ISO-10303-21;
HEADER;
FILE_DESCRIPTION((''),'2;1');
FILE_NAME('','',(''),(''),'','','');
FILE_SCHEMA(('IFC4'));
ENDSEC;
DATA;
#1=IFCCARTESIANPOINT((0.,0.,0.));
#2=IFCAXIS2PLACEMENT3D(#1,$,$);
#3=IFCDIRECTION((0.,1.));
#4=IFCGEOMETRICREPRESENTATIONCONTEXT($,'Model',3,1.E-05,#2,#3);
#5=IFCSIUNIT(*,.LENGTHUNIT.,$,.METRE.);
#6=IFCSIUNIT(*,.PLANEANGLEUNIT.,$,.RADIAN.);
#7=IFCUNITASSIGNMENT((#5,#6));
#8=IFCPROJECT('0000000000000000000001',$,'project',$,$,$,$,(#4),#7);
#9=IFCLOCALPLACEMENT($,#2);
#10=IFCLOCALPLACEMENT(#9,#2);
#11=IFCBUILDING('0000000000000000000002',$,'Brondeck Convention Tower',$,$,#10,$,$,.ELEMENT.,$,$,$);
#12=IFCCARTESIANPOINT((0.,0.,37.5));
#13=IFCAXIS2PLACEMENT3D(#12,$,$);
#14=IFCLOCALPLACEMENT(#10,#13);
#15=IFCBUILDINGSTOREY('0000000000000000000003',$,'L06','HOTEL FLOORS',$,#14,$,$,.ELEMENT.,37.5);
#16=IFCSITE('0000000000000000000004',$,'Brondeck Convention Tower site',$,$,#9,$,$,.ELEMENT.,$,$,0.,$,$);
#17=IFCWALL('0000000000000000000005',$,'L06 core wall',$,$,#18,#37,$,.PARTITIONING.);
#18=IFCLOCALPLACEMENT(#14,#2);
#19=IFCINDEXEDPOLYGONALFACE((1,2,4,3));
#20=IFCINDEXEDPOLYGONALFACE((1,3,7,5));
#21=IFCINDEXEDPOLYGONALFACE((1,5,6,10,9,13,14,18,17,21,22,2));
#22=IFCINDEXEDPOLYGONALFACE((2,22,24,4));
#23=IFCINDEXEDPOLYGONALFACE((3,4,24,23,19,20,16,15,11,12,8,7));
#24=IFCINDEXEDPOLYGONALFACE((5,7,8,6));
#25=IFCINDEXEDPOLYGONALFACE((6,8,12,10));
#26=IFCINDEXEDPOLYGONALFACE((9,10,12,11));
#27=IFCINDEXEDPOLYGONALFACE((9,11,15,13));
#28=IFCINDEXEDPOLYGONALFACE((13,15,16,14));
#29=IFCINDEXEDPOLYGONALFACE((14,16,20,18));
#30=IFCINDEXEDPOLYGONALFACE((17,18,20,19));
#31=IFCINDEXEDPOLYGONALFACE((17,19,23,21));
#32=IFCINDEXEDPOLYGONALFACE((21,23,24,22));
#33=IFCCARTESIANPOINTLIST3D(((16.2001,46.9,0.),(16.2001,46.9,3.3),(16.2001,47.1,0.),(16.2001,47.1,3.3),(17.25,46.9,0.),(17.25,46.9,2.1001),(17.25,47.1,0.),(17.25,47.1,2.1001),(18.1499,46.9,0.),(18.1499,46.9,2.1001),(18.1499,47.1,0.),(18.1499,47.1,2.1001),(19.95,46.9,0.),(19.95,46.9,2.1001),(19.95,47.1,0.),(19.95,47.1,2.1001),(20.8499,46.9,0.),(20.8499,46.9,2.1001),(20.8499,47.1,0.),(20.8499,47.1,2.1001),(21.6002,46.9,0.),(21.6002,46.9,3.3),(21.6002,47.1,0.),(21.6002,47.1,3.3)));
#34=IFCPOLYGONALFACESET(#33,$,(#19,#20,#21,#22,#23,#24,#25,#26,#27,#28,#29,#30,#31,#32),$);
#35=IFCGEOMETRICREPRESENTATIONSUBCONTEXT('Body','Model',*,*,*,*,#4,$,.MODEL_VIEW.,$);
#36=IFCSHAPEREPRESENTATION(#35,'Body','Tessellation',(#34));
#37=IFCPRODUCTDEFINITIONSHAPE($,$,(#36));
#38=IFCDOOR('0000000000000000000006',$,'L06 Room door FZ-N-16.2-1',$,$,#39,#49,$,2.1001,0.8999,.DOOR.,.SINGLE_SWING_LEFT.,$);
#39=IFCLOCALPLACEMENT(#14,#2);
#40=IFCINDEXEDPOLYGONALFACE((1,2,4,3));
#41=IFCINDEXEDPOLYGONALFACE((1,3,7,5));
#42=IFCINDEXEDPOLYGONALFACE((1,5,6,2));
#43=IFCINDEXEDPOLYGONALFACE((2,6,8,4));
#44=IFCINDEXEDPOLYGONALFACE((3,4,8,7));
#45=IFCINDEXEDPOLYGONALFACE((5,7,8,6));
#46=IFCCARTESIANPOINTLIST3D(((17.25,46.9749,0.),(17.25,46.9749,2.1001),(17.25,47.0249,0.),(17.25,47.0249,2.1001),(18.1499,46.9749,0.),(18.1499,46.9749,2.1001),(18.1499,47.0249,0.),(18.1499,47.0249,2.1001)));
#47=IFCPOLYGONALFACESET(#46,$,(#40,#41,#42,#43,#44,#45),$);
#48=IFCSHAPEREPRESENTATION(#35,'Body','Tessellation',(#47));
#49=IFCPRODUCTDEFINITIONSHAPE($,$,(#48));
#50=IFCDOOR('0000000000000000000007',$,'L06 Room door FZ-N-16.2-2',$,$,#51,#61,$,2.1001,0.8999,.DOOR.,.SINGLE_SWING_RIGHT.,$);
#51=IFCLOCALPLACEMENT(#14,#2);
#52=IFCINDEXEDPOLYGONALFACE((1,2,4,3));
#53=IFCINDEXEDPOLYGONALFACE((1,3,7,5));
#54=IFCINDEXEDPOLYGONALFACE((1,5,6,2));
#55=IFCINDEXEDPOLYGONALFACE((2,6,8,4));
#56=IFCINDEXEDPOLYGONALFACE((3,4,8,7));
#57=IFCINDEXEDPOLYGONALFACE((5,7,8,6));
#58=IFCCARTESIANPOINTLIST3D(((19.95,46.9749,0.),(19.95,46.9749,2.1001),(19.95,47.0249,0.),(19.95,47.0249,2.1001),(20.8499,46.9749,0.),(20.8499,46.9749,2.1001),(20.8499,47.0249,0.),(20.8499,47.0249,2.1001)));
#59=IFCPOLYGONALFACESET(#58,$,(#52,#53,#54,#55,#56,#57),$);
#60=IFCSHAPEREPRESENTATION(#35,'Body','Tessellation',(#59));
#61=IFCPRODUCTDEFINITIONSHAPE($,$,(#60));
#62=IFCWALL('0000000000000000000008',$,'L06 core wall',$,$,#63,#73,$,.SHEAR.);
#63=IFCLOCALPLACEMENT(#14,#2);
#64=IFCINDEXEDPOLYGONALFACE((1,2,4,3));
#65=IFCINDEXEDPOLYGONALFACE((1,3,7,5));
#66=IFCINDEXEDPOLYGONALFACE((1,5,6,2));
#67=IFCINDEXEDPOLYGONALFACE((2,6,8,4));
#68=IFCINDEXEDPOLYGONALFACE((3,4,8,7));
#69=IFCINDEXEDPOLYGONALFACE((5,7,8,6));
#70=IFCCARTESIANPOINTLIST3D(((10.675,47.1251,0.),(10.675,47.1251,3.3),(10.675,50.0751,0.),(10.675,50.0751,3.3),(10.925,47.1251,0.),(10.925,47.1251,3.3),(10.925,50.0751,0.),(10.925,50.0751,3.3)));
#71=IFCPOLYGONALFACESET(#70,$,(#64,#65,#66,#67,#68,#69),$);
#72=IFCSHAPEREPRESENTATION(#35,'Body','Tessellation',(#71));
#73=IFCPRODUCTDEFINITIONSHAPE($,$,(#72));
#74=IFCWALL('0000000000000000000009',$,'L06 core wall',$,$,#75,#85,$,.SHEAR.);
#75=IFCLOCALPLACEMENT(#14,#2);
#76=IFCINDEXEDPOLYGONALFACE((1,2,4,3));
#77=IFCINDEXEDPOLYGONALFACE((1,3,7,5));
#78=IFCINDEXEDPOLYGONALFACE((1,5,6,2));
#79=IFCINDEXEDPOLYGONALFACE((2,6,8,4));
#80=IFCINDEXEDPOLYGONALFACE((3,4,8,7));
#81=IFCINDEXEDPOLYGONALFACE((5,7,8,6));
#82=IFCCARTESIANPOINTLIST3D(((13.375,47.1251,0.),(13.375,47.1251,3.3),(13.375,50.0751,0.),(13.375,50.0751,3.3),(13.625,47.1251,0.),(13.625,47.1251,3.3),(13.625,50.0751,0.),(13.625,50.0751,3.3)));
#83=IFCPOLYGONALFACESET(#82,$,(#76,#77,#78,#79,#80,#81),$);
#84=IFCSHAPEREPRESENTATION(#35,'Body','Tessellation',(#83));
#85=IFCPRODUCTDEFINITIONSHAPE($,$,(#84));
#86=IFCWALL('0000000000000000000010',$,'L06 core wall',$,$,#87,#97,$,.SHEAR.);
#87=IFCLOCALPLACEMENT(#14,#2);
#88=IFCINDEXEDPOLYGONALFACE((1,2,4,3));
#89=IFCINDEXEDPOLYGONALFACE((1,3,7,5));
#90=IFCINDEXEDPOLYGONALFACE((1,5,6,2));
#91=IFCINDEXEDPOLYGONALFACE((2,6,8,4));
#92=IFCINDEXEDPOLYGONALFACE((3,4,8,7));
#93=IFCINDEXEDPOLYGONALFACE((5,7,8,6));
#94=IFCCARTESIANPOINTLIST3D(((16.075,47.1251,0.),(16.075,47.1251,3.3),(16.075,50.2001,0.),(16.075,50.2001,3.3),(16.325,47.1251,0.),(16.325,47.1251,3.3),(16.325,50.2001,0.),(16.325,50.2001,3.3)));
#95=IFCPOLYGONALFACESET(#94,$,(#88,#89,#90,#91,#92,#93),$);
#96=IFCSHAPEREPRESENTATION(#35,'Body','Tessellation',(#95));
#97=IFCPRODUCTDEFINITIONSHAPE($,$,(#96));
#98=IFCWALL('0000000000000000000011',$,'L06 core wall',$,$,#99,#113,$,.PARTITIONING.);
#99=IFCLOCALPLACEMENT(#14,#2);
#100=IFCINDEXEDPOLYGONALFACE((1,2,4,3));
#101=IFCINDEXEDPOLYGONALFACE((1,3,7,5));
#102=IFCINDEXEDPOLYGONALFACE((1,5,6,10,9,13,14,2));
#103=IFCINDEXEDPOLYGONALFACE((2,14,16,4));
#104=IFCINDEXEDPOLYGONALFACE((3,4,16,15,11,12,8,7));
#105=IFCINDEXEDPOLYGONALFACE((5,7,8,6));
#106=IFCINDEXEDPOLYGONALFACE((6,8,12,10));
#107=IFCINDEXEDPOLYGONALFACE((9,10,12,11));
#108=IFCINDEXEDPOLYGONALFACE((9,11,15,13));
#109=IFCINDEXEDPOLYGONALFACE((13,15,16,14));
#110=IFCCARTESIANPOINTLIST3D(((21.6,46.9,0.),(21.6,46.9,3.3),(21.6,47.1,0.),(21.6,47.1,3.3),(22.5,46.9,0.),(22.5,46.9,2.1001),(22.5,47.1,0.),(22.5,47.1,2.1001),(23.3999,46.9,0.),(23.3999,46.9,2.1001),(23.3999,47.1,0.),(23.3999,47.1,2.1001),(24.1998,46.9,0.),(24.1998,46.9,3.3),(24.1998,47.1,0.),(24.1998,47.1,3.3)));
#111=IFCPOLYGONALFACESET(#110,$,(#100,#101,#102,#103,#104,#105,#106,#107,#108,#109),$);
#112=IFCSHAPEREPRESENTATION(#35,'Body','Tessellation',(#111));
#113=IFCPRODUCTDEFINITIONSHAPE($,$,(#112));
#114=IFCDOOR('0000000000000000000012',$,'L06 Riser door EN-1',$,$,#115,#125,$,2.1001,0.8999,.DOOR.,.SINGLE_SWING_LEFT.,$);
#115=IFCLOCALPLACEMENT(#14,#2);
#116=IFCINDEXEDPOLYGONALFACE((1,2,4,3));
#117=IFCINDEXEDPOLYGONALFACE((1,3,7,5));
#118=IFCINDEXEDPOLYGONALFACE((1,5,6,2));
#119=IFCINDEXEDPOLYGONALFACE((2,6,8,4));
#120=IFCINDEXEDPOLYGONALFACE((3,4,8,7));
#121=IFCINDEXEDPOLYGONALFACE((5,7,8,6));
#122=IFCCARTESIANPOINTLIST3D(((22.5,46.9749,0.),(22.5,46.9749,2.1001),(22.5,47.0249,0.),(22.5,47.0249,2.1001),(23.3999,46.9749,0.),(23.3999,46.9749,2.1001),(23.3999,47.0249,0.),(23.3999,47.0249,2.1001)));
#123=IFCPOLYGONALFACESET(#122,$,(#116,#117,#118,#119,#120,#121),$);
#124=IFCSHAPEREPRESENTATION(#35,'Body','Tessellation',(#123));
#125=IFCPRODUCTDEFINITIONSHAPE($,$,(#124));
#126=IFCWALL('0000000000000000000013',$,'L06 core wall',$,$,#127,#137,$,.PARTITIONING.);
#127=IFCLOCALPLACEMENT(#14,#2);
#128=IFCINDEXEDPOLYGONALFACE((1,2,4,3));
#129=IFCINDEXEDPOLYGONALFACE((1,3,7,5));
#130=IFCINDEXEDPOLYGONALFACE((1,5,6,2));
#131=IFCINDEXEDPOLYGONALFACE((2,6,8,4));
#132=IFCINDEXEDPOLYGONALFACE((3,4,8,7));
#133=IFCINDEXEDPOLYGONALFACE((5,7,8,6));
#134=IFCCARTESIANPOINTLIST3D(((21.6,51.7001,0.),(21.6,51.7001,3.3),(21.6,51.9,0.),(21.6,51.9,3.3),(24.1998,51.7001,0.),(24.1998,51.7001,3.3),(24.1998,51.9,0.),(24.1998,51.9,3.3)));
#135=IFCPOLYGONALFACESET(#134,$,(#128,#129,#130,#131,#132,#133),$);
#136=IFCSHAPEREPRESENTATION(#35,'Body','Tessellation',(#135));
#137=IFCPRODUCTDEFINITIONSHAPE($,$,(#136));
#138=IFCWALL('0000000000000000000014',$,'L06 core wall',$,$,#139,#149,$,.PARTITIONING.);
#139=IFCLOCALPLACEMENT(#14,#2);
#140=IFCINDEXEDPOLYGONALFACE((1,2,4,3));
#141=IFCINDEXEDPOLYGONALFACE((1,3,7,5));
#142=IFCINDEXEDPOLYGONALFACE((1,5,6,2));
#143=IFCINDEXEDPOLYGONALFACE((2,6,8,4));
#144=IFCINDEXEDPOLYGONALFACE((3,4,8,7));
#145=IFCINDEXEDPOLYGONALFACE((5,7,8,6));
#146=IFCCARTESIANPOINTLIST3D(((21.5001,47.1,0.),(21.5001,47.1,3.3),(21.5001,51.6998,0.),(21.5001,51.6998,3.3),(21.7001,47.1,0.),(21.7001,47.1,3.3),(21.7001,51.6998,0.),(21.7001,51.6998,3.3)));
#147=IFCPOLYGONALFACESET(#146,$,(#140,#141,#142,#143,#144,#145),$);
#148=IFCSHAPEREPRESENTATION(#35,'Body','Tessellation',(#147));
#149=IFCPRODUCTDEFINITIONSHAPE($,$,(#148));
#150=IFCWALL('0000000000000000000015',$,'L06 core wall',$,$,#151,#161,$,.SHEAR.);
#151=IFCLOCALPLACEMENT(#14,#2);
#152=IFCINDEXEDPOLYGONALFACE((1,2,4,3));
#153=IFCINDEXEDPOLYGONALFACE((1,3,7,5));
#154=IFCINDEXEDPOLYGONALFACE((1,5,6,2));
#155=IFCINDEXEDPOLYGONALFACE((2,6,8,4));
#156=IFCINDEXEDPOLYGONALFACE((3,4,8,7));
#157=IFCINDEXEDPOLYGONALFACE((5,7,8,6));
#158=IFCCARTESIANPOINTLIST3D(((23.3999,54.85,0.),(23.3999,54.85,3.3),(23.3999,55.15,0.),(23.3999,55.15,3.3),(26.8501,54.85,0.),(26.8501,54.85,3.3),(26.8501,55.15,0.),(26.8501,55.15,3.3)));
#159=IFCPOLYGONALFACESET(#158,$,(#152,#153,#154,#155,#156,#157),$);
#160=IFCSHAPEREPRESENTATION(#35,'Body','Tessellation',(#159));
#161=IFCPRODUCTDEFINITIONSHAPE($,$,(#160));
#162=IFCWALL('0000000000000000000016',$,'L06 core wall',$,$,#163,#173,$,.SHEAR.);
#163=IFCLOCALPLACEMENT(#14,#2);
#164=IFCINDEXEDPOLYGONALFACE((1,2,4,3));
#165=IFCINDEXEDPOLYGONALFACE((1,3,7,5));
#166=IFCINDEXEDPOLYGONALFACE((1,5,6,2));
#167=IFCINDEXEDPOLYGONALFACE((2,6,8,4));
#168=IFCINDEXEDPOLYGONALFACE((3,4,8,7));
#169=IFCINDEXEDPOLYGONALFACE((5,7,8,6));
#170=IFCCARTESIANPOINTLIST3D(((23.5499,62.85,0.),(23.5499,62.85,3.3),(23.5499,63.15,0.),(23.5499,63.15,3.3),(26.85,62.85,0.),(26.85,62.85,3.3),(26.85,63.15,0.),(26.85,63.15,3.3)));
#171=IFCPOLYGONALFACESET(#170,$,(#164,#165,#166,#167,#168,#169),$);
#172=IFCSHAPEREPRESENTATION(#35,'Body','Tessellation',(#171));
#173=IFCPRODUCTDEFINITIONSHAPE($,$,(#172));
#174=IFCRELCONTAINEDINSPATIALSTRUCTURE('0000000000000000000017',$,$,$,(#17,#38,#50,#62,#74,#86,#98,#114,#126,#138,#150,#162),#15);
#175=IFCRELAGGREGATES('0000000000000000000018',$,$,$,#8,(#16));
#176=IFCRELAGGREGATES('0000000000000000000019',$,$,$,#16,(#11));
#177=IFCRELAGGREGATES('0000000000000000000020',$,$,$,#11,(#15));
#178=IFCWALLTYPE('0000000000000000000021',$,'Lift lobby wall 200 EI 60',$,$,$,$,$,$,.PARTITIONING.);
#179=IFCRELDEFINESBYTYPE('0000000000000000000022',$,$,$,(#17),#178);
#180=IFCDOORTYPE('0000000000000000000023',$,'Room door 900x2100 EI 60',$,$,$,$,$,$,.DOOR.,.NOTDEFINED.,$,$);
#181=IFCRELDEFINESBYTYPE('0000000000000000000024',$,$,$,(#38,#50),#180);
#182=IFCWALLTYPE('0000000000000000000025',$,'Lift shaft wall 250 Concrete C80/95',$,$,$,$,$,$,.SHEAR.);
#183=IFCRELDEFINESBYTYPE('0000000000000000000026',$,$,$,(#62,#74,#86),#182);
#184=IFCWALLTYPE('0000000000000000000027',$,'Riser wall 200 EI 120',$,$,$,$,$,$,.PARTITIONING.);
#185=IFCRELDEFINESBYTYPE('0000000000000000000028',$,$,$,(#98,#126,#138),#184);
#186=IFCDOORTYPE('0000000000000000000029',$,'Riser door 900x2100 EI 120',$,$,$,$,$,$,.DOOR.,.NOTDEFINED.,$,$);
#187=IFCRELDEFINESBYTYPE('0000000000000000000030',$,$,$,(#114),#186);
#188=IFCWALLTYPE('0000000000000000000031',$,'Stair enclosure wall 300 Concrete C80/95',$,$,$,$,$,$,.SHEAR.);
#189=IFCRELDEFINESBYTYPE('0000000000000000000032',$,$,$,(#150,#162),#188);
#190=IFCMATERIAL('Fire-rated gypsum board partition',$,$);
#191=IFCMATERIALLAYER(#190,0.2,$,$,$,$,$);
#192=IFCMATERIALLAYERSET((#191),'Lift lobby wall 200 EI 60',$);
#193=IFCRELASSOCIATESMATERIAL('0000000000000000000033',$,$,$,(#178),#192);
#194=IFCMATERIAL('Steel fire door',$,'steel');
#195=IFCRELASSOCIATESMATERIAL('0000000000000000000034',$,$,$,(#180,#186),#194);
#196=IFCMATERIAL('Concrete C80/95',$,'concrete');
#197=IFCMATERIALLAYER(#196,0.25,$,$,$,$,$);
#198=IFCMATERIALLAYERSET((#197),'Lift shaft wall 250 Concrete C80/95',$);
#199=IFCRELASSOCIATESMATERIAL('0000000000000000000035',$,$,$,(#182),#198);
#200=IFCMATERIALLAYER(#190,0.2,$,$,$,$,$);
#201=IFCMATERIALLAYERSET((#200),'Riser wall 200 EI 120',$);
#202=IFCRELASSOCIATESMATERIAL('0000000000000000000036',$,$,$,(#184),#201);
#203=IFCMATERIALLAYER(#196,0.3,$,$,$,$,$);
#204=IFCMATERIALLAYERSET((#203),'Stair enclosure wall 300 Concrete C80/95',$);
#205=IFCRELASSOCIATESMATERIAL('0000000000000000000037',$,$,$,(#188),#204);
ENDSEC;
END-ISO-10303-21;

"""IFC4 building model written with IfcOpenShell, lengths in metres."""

from ifc_helpers import new_model, si_unit, direction, frame, frame_2d, origin, place, context, subcontext, project, spatial, rectangle, extrude, material, layer, layer_set, type_object, element, fill, save


model = new_model("IFC4")

# Units and contexts
model_context = context("Model", 3, precision=1e-05, world=origin(), true_north=direction((0.0, 1.0)))
body_context = subcontext(model_context, "Body", "Model", "MODEL_VIEW")
ifc_project = project(units=[si_unit("LENGTHUNIT", "METRE"), si_unit("PLANEANGLEUNIT", "RADIAN")], contexts=[model_context])

# Site, building, storey
site_placement = place(None, origin())
site = spatial("IfcSite", under=ifc_project, at=site_placement, Name="Brondeck Convention Tower site", CompositionType="ELEMENT", RefElevation=0.0)
building_placement = place(site_placement, origin())
building = spatial("IfcBuilding", under=site, at=building_placement, Name="Brondeck Convention Tower", CompositionType="ELEMENT")
storey_placement = place(building_placement, frame((0.0, 0.0, 37.5)))
storey = spatial("IfcBuildingStorey", under=building, at=storey_placement, Name="L06", Description="HOTEL FLOORS", CompositionType="ELEMENT", Elevation=37.5)

# Shared definitions
ifc_material_1 = material(Name="Concrete C80/95", Category="concrete")

# Shared definitions
ifc_material_2 = material(Name="Fire-rated gypsum board partition")
ifc_material_3 = material(Name="Steel fire door", Category="steel")

# Wall, openings, doors
ifc_layer_1 = layer(ifc_material_2, 0.2)
ifc_layer_set_1 = layer_set([ifc_layer_1], Name="Lift lobby wall 200 EI 60")
wall_type_1 = type_object("IfcWallType", Name="Lift lobby wall 200 EI 60", PredefinedType="PARTITIONING", material=ifc_layer_set_1)
wall_1_placement = place(storey_placement, frame((16.2, 47.0, 0.0), z_axis=(0.0, 0.0, 1.0), x_axis=(1.0, 0.0, 0.0)))
wall_1 = element("IfcWall", 1, at=wall_1_placement, inside=storey, type_object=wall_type_1, Name="L06 core wall", PredefinedType="PARTITIONING", context=body_context, shape_type="SweptSolid", body=[
    extrude(rectangle(XDim=5.4001, YDim=0.2, at=frame_2d((2.7002, 0.0))), origin(), (0.0, 0.0, 1.0), 3.3),
])
opening_1_placement = place(wall_1_placement, frame((1.05, 0.0, 0.0)))
opening_1 = element("IfcOpeningElement", 2, at=opening_1_placement, cuts=wall_1, PredefinedType="OPENING", context=body_context, shape_type="SweptSolid", body=[
    extrude(rectangle(XDim=0.8999, YDim=2.1001, at=frame_2d((0.45, 1.05))), frame((0.0, 0.1099, 0.0), z_axis=(0.0, -1.0, 0.0), x_axis=(1.0, 0.0, 0.0)), (0.0, 0.0, 1.0), 0.22),
])
opening_2_placement = place(wall_1_placement, frame((3.75, 0.0, 0.0)))
opening_2 = element("IfcOpeningElement", 3, at=opening_2_placement, cuts=wall_1, PredefinedType="OPENING", context=body_context, shape_type="SweptSolid", body=[
    extrude(rectangle(XDim=0.8999, YDim=2.1001, at=frame_2d((0.45, 1.05))), frame((0.0, 0.1099, 0.0), z_axis=(0.0, -1.0, 0.0), x_axis=(1.0, 0.0, 0.0)), (0.0, 0.0, 1.0), 0.22),
])
door_type_1 = type_object("IfcDoorType", Name="Room door 900x2100 EI 60", OperationType="NOTDEFINED", PredefinedType="DOOR", material=ifc_material_3)
door_1_placement = place(opening_1_placement, origin())
door_1 = element("IfcDoor", 4, at=door_1_placement, inside=storey, type_object=door_type_1, Name="L06 Room door FZ-N-16.2-1", OperationType="SINGLE_SWING_LEFT", OverallHeight=2.1001, OverallWidth=0.8999, PredefinedType="DOOR", context=body_context, shape_type="SweptSolid", body=[
    extrude(rectangle(XDim=0.8999, YDim=2.1001, at=frame_2d((0.45, 1.05))), frame((0.0, 0.0249, 0.0), z_axis=(0.0, -1.0, 0.0), x_axis=(1.0, 0.0, 0.0)), (0.0, 0.0, 1.0), 0.05),
])
fill(opening_1, door_1)
door_2_placement = place(opening_2_placement, origin())
door_2 = element("IfcDoor", 5, at=door_2_placement, inside=storey, type_object=door_type_1, Name="L06 Room door FZ-N-16.2-2", OperationType="SINGLE_SWING_RIGHT", OverallHeight=2.1001, OverallWidth=0.8999, PredefinedType="DOOR", context=body_context, shape_type="SweptSolid", body=[
    extrude(rectangle(XDim=0.8999, YDim=2.1001, at=frame_2d((0.45, 1.05))), frame((0.0, 0.0249, 0.0), z_axis=(0.0, -1.0, 0.0), x_axis=(1.0, 0.0, 0.0)), (0.0, 0.0, 1.0), 0.05),
])
fill(opening_2, door_2)

# Walls
ifc_layer_2 = layer(ifc_material_1, 0.25)
ifc_layer_set_2 = layer_set([ifc_layer_2], Name="Lift shaft wall 250 Concrete C80/95")
wall_type_2 = type_object("IfcWallType", Name="Lift shaft wall 250 Concrete C80/95", PredefinedType="SHEAR", material=ifc_layer_set_2)
for number, where, z_axis, x_axis, name in (
    (6, (10.8, 47.125, 0.0), (0.0, 0.0, 1.0), (0.0, 1.0, 0.0), "L06 core wall"),
    (7, (13.5, 47.125, 0.0), (0.0, 0.0, 1.0), (0.0, 1.0, 0.0), "L06 core wall"),
):
    element("IfcWall", number, at=place(storey_placement, frame(where, z_axis=z_axis, x_axis=x_axis)), inside=storey, type_object=wall_type_2, Name=name, PredefinedType="SHEAR", context=body_context, shape_type="SweptSolid", body=[
        extrude(rectangle(XDim=2.95, YDim=0.25, at=frame_2d((1.4751, 0.0))), origin(), (0.0, 0.0, 1.0), 3.3),
    ])
wall_2_placement = place(storey_placement, frame((16.2, 47.125, 0.0), z_axis=(0.0, 0.0, 1.0), x_axis=(0.0, 1.0, 0.0)))
element("IfcWall", 8, at=wall_2_placement, inside=storey, type_object=wall_type_2, Name="L06 core wall", PredefinedType="SHEAR", context=body_context, shape_type="SweptSolid", body=[
    extrude(rectangle(XDim=3.075, YDim=0.25, at=frame_2d((1.5376, 0.0))), origin(), (0.0, 0.0, 1.0), 3.3),
])

# Wall, opening, door
ifc_layer_3 = layer(ifc_material_2, 0.2)
ifc_layer_set_3 = layer_set([ifc_layer_3], Name="Riser wall 200 EI 120")
wall_type_3 = type_object("IfcWallType", Name="Riser wall 200 EI 120", PredefinedType="PARTITIONING", material=ifc_layer_set_3)
wall_3_placement = place(storey_placement, frame((21.6001, 47.0, 0.0), z_axis=(0.0, 0.0, 1.0), x_axis=(1.0, 0.0, 0.0)))
wall_3 = element("IfcWall", 9, at=wall_3_placement, inside=storey, type_object=wall_type_3, Name="L06 core wall", PredefinedType="PARTITIONING", context=body_context, shape_type="SweptSolid", body=[
    extrude(rectangle(XDim=2.5999, YDim=0.2, at=frame_2d((1.2998, 0.0))), origin(), (0.0, 0.0, 1.0), 3.3),
])
opening_3_placement = place(wall_3_placement, frame((0.8999, 0.0, 0.0)))
opening_3 = element("IfcOpeningElement", 10, at=opening_3_placement, cuts=wall_3, PredefinedType="OPENING", context=body_context, shape_type="SweptSolid", body=[
    extrude(rectangle(XDim=0.8999, YDim=2.1001, at=frame_2d((0.45, 1.05))), frame((0.0, 0.1099, 0.0), z_axis=(0.0, -1.0, 0.0), x_axis=(1.0, 0.0, 0.0)), (0.0, 0.0, 1.0), 0.22),
])
door_type_2 = type_object("IfcDoorType", Name="Riser door 900x2100 EI 120", OperationType="NOTDEFINED", PredefinedType="DOOR", material=ifc_material_3)
door_3_placement = place(opening_3_placement, origin())
door_3 = element("IfcDoor", 11, at=door_3_placement, inside=storey, type_object=door_type_2, Name="L06 Riser door EN-1", OperationType="SINGLE_SWING_LEFT", OverallHeight=2.1001, OverallWidth=0.8999, PredefinedType="DOOR", context=body_context, shape_type="SweptSolid", body=[
    extrude(rectangle(XDim=0.8999, YDim=2.1001, at=frame_2d((0.45, 1.05))), frame((0.0, 0.0249, 0.0), z_axis=(0.0, -1.0, 0.0), x_axis=(1.0, 0.0, 0.0)), (0.0, 0.0, 1.0), 0.05),
])
fill(opening_3, door_3)

# Walls
wall_4_placement = place(storey_placement, frame((21.6001, 51.8, 0.0), z_axis=(0.0, 0.0, 1.0), x_axis=(1.0, 0.0, 0.0)))
element("IfcWall", 12, at=wall_4_placement, inside=storey, type_object=wall_type_3, Name="L06 core wall", PredefinedType="PARTITIONING", context=body_context, shape_type="SweptSolid", body=[
    extrude(rectangle(XDim=2.5999, YDim=0.2, at=frame_2d((1.2998, 0.0))), origin(), (0.0, 0.0, 1.0), 3.3),
])
wall_5_placement = place(storey_placement, frame((21.6001, 47.1001, 0.0), z_axis=(0.0, 0.0, 1.0), x_axis=(0.0, 1.0, 0.0)))
element("IfcWall", 13, at=wall_5_placement, inside=storey, type_object=wall_type_3, Name="L06 core wall", PredefinedType="PARTITIONING", context=body_context, shape_type="SweptSolid", body=[
    extrude(rectangle(XDim=4.5999, YDim=0.2, at=frame_2d((2.2998, 0.0))), origin(), (0.0, 0.0, 1.0), 3.3),
])
ifc_layer_4 = layer(ifc_material_1, 0.3)
ifc_layer_set_4 = layer_set([ifc_layer_4], Name="Stair enclosure wall 300 Concrete C80/95")
wall_type_4 = type_object("IfcWallType", Name="Stair enclosure wall 300 Concrete C80/95", PredefinedType="SHEAR", material=ifc_layer_set_4)
wall_6_placement = place(storey_placement, frame((23.3999, 55.0, 0.0), z_axis=(0.0, 0.0, 1.0), x_axis=(1.0, 0.0, 0.0)))
element("IfcWall", 14, at=wall_6_placement, inside=storey, type_object=wall_type_4, Name="L06 core wall", PredefinedType="SHEAR", context=body_context, shape_type="SweptSolid", body=[
    extrude(rectangle(XDim=3.4502, YDim=0.3, at=frame_2d((1.7251, 0.0))), origin(), (0.0, 0.0, 1.0), 3.3),
])
wall_7_placement = place(storey_placement, frame((23.55, 63.0, 0.0), z_axis=(0.0, 0.0, 1.0), x_axis=(1.0, 0.0, 0.0)))
element("IfcWall", 15, at=wall_7_placement, inside=storey, type_object=wall_type_4, Name="L06 core wall", PredefinedType="SHEAR", context=body_context, shape_type="SweptSolid", body=[
    extrude(rectangle(XDim=3.3, YDim=0.3, at=frame_2d((1.6499, 0.0))), origin(), (0.0, 0.0, 1.0), 3.3),
])

save(model, "model.ifc")
